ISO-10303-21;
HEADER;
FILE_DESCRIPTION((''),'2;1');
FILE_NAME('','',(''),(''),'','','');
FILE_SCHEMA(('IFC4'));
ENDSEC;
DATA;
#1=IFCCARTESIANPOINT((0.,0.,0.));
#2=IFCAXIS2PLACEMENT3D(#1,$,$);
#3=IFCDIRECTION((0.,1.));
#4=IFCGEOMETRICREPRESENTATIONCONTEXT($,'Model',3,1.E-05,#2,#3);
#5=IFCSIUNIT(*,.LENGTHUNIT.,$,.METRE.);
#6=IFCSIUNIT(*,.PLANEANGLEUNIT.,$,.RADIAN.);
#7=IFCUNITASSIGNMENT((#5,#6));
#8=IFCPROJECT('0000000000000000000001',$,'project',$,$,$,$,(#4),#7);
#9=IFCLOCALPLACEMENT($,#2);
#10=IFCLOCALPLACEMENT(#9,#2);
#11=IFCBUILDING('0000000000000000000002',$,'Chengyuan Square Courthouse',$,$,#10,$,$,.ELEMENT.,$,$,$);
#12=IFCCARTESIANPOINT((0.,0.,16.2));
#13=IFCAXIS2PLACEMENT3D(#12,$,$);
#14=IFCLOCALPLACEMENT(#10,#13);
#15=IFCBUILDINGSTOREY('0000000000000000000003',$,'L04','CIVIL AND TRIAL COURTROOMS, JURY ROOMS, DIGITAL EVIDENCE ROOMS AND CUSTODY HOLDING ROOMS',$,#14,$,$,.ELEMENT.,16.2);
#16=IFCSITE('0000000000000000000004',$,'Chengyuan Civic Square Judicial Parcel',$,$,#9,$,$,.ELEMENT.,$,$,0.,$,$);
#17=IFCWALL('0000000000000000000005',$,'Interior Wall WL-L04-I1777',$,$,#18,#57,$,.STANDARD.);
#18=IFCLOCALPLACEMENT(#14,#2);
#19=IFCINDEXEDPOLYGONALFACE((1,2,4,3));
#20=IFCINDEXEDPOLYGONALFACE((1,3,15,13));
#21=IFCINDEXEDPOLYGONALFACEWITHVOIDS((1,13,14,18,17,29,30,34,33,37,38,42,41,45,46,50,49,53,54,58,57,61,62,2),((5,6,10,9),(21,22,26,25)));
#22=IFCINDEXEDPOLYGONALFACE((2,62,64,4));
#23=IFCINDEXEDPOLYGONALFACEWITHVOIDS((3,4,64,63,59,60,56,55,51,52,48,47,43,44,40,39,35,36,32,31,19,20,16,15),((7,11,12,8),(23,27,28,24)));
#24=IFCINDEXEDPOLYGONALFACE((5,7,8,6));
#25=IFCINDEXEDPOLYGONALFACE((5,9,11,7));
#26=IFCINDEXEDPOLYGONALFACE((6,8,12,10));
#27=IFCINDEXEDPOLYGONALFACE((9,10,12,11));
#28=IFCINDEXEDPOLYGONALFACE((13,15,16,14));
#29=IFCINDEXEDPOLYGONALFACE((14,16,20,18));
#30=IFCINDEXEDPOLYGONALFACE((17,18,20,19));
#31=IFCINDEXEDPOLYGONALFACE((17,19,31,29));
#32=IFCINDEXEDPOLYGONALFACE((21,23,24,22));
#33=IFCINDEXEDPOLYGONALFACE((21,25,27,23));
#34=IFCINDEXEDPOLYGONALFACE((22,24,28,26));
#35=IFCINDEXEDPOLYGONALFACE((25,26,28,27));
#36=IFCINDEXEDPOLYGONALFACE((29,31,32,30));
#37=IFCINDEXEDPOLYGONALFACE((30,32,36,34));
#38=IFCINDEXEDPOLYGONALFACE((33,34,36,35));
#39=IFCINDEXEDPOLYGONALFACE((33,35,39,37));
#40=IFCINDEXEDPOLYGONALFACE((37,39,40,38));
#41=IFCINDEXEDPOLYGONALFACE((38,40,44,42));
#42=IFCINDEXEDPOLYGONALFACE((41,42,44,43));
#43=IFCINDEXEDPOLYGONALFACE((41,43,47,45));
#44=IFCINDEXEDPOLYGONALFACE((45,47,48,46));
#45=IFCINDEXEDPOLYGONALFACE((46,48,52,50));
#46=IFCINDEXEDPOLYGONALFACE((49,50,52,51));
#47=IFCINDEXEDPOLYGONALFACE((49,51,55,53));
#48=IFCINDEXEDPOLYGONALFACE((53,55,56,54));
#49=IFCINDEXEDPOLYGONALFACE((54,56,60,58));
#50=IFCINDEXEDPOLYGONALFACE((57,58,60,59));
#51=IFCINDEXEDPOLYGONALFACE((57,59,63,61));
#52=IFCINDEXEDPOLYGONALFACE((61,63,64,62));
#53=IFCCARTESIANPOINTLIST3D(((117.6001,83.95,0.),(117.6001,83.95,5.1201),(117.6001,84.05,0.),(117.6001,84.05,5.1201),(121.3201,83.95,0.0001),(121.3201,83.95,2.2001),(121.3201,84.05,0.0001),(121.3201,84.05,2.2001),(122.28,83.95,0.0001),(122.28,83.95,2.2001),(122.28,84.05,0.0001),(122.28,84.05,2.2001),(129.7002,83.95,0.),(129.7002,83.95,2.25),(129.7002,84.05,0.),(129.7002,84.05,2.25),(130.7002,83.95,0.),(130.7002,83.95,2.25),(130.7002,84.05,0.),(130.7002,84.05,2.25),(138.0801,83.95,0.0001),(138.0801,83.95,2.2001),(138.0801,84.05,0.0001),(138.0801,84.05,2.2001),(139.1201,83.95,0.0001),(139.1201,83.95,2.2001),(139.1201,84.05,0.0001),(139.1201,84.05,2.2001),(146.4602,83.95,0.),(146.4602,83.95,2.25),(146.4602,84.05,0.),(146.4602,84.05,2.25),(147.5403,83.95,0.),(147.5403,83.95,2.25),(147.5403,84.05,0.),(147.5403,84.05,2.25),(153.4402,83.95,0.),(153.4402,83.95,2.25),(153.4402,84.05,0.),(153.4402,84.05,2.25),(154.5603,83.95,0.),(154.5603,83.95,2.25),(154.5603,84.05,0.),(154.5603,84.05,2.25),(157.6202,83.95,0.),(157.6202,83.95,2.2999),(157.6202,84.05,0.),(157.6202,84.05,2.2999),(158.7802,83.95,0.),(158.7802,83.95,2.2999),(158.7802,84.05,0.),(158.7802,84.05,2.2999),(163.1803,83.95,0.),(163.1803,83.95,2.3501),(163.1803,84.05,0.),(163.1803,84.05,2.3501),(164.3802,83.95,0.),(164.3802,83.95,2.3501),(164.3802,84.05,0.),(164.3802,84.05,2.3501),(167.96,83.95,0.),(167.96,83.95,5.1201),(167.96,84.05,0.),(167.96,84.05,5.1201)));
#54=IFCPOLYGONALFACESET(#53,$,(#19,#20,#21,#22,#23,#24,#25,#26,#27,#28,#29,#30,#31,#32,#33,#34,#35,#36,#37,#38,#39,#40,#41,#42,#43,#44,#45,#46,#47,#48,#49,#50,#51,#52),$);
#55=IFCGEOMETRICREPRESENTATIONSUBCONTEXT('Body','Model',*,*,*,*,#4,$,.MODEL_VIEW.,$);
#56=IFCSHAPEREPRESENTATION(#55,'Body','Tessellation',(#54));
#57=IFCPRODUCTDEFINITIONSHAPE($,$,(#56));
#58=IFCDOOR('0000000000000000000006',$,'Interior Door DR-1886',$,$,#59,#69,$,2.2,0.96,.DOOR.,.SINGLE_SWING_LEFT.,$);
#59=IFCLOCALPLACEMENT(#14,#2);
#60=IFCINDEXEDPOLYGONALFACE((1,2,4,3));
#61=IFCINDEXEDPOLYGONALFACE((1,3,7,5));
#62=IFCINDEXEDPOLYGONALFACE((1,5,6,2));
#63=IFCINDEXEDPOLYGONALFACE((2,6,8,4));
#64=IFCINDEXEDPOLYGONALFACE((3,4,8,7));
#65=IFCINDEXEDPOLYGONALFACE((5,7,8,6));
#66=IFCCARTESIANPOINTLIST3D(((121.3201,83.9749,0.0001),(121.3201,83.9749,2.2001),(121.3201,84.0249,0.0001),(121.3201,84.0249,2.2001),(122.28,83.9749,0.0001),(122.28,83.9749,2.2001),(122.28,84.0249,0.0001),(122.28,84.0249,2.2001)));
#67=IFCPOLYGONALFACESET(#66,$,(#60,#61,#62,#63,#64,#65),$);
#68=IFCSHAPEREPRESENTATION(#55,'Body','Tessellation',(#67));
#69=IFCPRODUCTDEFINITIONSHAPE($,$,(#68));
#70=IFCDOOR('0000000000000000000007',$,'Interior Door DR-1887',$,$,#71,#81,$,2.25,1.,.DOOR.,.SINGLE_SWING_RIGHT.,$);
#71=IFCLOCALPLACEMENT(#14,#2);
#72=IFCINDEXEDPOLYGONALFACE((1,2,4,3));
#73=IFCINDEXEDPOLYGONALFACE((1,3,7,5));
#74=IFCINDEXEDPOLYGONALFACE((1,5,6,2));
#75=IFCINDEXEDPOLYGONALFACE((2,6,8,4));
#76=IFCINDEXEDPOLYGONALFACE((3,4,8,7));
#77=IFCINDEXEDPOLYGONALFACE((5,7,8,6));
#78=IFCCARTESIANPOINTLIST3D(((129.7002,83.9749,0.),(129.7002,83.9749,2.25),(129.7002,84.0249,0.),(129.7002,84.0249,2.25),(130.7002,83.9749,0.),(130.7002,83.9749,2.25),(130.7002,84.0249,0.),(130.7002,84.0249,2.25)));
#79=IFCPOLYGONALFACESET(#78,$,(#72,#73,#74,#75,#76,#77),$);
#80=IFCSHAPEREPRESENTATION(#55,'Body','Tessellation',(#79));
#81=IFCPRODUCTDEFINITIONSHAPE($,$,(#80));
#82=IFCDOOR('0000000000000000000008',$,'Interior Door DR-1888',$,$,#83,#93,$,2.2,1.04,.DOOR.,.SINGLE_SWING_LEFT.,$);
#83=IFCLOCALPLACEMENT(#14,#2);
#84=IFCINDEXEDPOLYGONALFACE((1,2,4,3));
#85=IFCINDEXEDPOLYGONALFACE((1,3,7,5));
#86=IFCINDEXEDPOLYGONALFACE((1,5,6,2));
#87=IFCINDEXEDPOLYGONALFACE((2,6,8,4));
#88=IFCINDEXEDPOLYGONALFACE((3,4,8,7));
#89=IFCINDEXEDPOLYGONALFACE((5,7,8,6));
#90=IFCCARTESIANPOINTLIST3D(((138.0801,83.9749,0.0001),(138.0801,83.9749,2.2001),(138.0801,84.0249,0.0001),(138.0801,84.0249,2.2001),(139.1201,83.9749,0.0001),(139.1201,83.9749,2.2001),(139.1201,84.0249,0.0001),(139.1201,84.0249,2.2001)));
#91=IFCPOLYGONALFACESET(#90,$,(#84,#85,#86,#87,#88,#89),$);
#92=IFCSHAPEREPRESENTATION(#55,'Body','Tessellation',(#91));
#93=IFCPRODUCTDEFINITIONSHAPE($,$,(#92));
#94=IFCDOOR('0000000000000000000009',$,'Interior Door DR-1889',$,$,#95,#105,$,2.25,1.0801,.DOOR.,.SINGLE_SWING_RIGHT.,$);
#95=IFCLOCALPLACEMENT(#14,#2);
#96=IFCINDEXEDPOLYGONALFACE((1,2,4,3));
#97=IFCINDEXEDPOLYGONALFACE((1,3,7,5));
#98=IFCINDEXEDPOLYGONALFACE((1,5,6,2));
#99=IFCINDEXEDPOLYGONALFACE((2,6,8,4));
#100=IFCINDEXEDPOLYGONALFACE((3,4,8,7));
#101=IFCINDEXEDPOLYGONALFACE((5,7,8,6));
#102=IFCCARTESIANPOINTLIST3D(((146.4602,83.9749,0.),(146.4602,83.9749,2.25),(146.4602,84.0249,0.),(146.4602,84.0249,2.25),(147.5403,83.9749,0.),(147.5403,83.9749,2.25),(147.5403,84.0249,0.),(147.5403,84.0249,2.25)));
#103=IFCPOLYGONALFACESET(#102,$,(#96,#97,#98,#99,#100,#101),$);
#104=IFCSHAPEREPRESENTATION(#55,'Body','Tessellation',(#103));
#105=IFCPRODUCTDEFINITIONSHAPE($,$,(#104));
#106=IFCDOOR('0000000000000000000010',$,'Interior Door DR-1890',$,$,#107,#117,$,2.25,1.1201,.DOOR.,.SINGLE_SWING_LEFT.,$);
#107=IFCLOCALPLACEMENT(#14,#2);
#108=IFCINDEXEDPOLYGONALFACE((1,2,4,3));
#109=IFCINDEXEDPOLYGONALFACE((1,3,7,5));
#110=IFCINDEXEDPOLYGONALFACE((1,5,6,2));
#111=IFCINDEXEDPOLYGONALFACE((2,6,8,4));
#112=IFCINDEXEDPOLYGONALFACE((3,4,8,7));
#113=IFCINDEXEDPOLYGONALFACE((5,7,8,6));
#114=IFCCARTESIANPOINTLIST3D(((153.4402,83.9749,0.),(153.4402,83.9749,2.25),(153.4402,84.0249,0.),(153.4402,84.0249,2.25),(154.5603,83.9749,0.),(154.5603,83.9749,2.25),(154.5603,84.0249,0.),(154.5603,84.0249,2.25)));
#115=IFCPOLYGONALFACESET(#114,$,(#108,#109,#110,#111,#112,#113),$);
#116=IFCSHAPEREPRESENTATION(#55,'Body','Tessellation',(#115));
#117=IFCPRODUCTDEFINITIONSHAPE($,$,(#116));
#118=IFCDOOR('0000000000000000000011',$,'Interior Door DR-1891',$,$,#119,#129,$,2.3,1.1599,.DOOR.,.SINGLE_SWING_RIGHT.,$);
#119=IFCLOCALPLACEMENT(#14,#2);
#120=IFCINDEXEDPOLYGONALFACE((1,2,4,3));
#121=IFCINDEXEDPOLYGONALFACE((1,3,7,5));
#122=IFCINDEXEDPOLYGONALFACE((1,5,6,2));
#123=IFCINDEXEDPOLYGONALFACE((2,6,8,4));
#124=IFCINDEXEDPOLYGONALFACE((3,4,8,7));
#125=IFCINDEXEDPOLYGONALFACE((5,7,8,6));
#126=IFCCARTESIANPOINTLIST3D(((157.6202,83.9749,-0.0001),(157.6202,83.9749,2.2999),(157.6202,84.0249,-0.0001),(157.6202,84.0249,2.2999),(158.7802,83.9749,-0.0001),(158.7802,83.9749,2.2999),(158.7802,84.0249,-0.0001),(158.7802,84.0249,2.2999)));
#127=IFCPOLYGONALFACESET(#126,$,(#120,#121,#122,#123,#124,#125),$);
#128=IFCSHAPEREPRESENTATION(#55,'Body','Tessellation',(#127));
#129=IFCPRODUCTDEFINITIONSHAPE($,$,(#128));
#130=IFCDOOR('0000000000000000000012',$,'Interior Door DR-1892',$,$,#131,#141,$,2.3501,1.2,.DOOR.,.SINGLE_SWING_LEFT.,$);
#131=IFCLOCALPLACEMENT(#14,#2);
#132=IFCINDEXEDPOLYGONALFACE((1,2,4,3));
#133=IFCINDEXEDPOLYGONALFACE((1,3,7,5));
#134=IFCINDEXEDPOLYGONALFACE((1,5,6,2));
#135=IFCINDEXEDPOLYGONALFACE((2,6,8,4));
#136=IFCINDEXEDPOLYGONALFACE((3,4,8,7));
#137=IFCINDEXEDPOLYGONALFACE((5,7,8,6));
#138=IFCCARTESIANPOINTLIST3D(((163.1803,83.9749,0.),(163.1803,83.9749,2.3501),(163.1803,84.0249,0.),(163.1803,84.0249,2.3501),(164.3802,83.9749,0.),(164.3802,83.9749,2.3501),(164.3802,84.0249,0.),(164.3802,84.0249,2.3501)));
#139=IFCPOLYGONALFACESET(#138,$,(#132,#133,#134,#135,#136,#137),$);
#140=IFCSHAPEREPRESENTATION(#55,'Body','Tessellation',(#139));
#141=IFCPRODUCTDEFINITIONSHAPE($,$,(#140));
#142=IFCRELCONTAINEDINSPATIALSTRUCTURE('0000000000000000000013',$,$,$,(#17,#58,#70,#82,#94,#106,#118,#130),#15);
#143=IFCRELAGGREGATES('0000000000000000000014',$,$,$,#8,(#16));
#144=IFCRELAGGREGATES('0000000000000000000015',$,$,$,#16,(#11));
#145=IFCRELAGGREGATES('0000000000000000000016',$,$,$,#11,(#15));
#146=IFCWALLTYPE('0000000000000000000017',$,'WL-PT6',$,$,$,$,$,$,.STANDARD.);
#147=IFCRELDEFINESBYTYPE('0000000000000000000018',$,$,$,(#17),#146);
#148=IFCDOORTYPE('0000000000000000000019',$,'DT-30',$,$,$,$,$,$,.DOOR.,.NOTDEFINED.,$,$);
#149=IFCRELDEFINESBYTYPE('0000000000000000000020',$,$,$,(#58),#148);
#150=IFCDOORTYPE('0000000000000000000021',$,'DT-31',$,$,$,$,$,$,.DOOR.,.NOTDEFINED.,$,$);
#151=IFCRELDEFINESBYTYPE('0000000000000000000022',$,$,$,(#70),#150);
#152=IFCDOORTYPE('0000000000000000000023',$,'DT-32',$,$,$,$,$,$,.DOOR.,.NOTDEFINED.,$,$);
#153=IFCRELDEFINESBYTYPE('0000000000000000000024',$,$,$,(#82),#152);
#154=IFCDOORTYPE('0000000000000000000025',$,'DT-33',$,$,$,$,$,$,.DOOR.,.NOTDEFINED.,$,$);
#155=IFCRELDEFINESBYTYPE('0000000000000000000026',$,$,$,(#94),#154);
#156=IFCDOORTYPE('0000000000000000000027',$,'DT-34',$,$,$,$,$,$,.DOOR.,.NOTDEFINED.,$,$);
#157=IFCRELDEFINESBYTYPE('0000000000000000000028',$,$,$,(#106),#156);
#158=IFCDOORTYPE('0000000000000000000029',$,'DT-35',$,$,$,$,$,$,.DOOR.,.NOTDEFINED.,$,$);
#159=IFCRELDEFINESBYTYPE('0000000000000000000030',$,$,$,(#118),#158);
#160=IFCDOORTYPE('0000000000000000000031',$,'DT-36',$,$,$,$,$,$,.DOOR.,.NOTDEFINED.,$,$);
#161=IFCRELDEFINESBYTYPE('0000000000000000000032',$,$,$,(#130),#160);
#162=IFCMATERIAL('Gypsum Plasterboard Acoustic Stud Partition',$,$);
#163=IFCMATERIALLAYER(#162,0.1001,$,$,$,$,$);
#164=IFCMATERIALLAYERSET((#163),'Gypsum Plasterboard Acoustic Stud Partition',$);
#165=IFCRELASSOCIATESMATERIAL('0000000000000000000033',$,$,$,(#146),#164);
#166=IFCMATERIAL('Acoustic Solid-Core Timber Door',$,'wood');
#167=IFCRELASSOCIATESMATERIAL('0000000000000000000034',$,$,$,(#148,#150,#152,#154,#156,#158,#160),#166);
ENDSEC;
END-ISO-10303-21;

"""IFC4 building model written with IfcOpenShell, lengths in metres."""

from ifc_helpers import new_model, si_unit, direction, frame, frame_2d, origin, place, context, subcontext, project, spatial, rectangle, extrude, material, layer, layer_set, type_object, element, fill, save


model = new_model("IFC4")

# Units and contexts
model_context = context("Model", 3, precision=1e-05, world=origin(), true_north=direction((0.0, 1.0)))
body_context = subcontext(model_context, "Body", "Model", "MODEL_VIEW")
ifc_project = project(units=[si_unit("LENGTHUNIT", "METRE"), si_unit("PLANEANGLEUNIT", "RADIAN")], contexts=[model_context])

# Site, building, storey
site_placement = place(None, origin())
site = spatial("IfcSite", under=ifc_project, at=site_placement, Name="Chengyuan Civic Square Judicial Parcel", CompositionType="ELEMENT", RefElevation=0.0)
building_placement = place(site_placement, origin())
building = spatial("IfcBuilding", under=site, at=building_placement, Name="Chengyuan Square Courthouse", CompositionType="ELEMENT")
storey_placement = place(building_placement, frame((0.0, 0.0, 16.2)))
storey = spatial("IfcBuildingStorey", under=building, at=storey_placement, Name="L04", Description="CIVIL AND TRIAL COURTROOMS, JURY ROOMS, DIGITAL EVIDENCE ROOMS AND CUSTODY HOLDING ROOMS", CompositionType="ELEMENT", Elevation=16.2)

# Wall, openings, doors
ifc_material_1 = material(Name="Gypsum Plasterboard Acoustic Stud Partition")
ifc_layer_1 = layer(ifc_material_1, 0.1001)
ifc_layer_set_1 = layer_set([ifc_layer_1], Name="Gypsum Plasterboard Acoustic Stud Partition")
wall_type_1 = type_object("IfcWallType", Name="WL-PT6", PredefinedType="STANDARD", material=ifc_layer_set_1)
wall_1_placement = place(storey_placement, frame((117.6001, 84.0, 0.0), z_axis=(0.0, 0.0, 1.0), x_axis=(1.0, 0.0, 0.0)))
wall_1 = element("IfcWall", 1, at=wall_1_placement, inside=storey, type_object=wall_type_1, Name="Interior Wall WL-L04-I1777", PredefinedType="STANDARD", context=body_context, shape_type="SweptSolid", body=[
    extrude(rectangle(XDim=50.3599, YDim=0.1001, at=frame_2d((25.1799, 0.0))), origin(), (0.0, 0.0, 1.0), 5.1201),
])
opening_1_placement = place(wall_1_placement, frame((3.72, 0.0, 0.0)))
opening_1 = element("IfcOpeningElement", 2, at=opening_1_placement, cuts=wall_1, PredefinedType="OPENING", context=body_context, shape_type="SweptSolid", body=[
    extrude(rectangle(XDim=0.96, YDim=2.2, at=frame_2d((0.48, 1.1001))), frame((0.0, 0.062, 0.0), z_axis=(0.0, -1.0, 0.0), x_axis=(1.0, 0.0, 0.0)), (0.0, 0.0, 1.0), 0.124),
])
opening_2_placement = place(wall_1_placement, frame((12.1001, 0.0, 0.0)))
opening_2 = element("IfcOpeningElement", 3, at=opening_2_placement, cuts=wall_1, PredefinedType="OPENING", context=body_context, shape_type="SweptSolid", body=[
    extrude(rectangle(XDim=1.0, YDim=2.25, at=frame_2d((0.5, 1.125))), frame((0.0, 0.062, 0.0), z_axis=(0.0, -1.0, 0.0), x_axis=(1.0, 0.0, 0.0)), (0.0, 0.0, 1.0), 0.124),
])
opening_3_placement = place(wall_1_placement, frame((20.48, 0.0, 0.0)))
opening_3 = element("IfcOpeningElement", 4, at=opening_3_placement, cuts=wall_1, PredefinedType="OPENING", context=body_context, shape_type="SweptSolid", body=[
    extrude(rectangle(XDim=1.04, YDim=2.2, at=frame_2d((0.52, 1.1001))), frame((0.0, 0.062, 0.0), z_axis=(0.0, -1.0, 0.0), x_axis=(1.0, 0.0, 0.0)), (0.0, 0.0, 1.0), 0.124),
])
opening_4_placement = place(wall_1_placement, frame((28.8601, 0.0, 0.0)))
opening_4 = element("IfcOpeningElement", 5, at=opening_4_placement, cuts=wall_1, PredefinedType="OPENING", context=body_context, shape_type="SweptSolid", body=[
    extrude(rectangle(XDim=1.0801, YDim=2.25, at=frame_2d((0.54, 1.125))), frame((0.0, 0.062, 0.0), z_axis=(0.0, -1.0, 0.0), x_axis=(1.0, 0.0, 0.0)), (0.0, 0.0, 1.0), 0.124),
])
opening_5_placement = place(wall_1_placement, frame((35.8401, 0.0, 0.0)))
opening_5 = element("IfcOpeningElement", 6, at=opening_5_placement, cuts=wall_1, PredefinedType="OPENING", context=body_context, shape_type="SweptSolid", body=[
    extrude(rectangle(XDim=1.1201, YDim=2.25, at=frame_2d((0.5601, 1.125))), frame((0.0, 0.062, 0.0), z_axis=(0.0, -1.0, 0.0), x_axis=(1.0, 0.0, 0.0)), (0.0, 0.0, 1.0), 0.124),
])
opening_6_placement = place(wall_1_placement, frame((40.02, 0.0, 0.0)))
opening_6 = element("IfcOpeningElement", 7, at=opening_6_placement, cuts=wall_1, PredefinedType="OPENING", context=body_context, shape_type="SweptSolid", body=[
    extrude(rectangle(XDim=1.1599, YDim=2.3, at=frame_2d((0.5801, 1.1499))), frame((0.0, 0.062, 0.0), z_axis=(0.0, -1.0, 0.0), x_axis=(1.0, 0.0, 0.0)), (0.0, 0.0, 1.0), 0.124),
])
opening_7_placement = place(wall_1_placement, frame((45.5801, 0.0, 0.0)))
opening_7 = element("IfcOpeningElement", 8, at=opening_7_placement, cuts=wall_1, PredefinedType="OPENING", context=body_context, shape_type="SweptSolid", body=[
    extrude(rectangle(XDim=1.2, YDim=2.3501, at=frame_2d((0.6001, 1.175))), frame((0.0, 0.062, 0.0), z_axis=(0.0, -1.0, 0.0), x_axis=(1.0, 0.0, 0.0)), (0.0, 0.0, 1.0), 0.124),
])
ifc_material_2 = material(Name="Acoustic Solid-Core Timber Door", Category="wood")
door_type_1 = type_object("IfcDoorType", Name="DT-30", OperationType="NOTDEFINED", PredefinedType="DOOR", material=ifc_material_2)
door_1_placement = place(opening_1_placement, origin())
door_1 = element("IfcDoor", 9, at=door_1_placement, inside=storey, type_object=door_type_1, Name="Interior Door DR-1886", OperationType="SINGLE_SWING_LEFT", OverallHeight=2.2, OverallWidth=0.96, PredefinedType="DOOR", context=body_context, shape_type="SweptSolid", body=[
    extrude(rectangle(XDim=0.96, YDim=2.2, at=frame_2d((0.48, 1.1001))), frame((0.0, 0.0249, 0.0), z_axis=(0.0, -1.0, 0.0), x_axis=(1.0, 0.0, 0.0)), (0.0, 0.0, 1.0), 0.05),
])
fill(opening_1, door_1)
door_type_2 = type_object("IfcDoorType", Name="DT-31", OperationType="NOTDEFINED", PredefinedType="DOOR", material=ifc_material_2)
door_2_placement = place(opening_2_placement, origin())
door_2 = element("IfcDoor", 10, at=door_2_placement, inside=storey, type_object=door_type_2, Name="Interior Door DR-1887", OperationType="SINGLE_SWING_RIGHT", OverallHeight=2.25, OverallWidth=1.0, PredefinedType="DOOR", context=body_context, shape_type="SweptSolid", body=[
    extrude(rectangle(XDim=1.0, YDim=2.25, at=frame_2d((0.5, 1.125))), frame((0.0, 0.0249, 0.0), z_axis=(0.0, -1.0, 0.0), x_axis=(1.0, 0.0, 0.0)), (0.0, 0.0, 1.0), 0.05),
])
fill(opening_2, door_2)
door_type_3 = type_object("IfcDoorType", Name="DT-32", OperationType="NOTDEFINED", PredefinedType="DOOR", material=ifc_material_2)
door_3_placement = place(opening_3_placement, origin())
door_3 = element("IfcDoor", 11, at=door_3_placement, inside=storey, type_object=door_type_3, Name="Interior Door DR-1888", OperationType="SINGLE_SWING_LEFT", OverallHeight=2.2, OverallWidth=1.04, PredefinedType="DOOR", context=body_context, shape_type="SweptSolid", body=[
    extrude(rectangle(XDim=1.04, YDim=2.2, at=frame_2d((0.52, 1.1001))), frame((0.0, 0.0249, 0.0), z_axis=(0.0, -1.0, 0.0), x_axis=(1.0, 0.0, 0.0)), (0.0, 0.0, 1.0), 0.05),
])
fill(opening_3, door_3)
door_type_4 = type_object("IfcDoorType", Name="DT-33", OperationType="NOTDEFINED", PredefinedType="DOOR", material=ifc_material_2)
door_4_placement = place(opening_4_placement, origin())
door_4 = element("IfcDoor", 12, at=door_4_placement, inside=storey, type_object=door_type_4, Name="Interior Door DR-1889", OperationType="SINGLE_SWING_RIGHT", OverallHeight=2.25, OverallWidth=1.0801, PredefinedType="DOOR", context=body_context, shape_type="SweptSolid", body=[
    extrude(rectangle(XDim=1.0801, YDim=2.25, at=frame_2d((0.54, 1.125))), frame((0.0, 0.0249, 0.0), z_axis=(0.0, -1.0, 0.0), x_axis=(1.0, 0.0, 0.0)), (0.0, 0.0, 1.0), 0.05),
])
fill(opening_4, door_4)
door_type_5 = type_object("IfcDoorType", Name="DT-34", OperationType="NOTDEFINED", PredefinedType="DOOR", material=ifc_material_2)
door_5_placement = place(opening_5_placement, origin())
door_5 = element("IfcDoor", 13, at=door_5_placement, inside=storey, type_object=door_type_5, Name="Interior Door DR-1890", OperationType="SINGLE_SWING_LEFT", OverallHeight=2.25, OverallWidth=1.1201, PredefinedType="DOOR", context=body_context, shape_type="SweptSolid", body=[
    extrude(rectangle(XDim=1.1201, YDim=2.25, at=frame_2d((0.5601, 1.125))), frame((0.0, 0.0249, 0.0), z_axis=(0.0, -1.0, 0.0), x_axis=(1.0, 0.0, 0.0)), (0.0, 0.0, 1.0), 0.05),
])
fill(opening_5, door_5)
door_type_6 = type_object("IfcDoorType", Name="DT-35", OperationType="NOTDEFINED", PredefinedType="DOOR", material=ifc_material_2)
door_6_placement = place(opening_6_placement, origin())
door_6 = element("IfcDoor", 14, at=door_6_placement, inside=storey, type_object=door_type_6, Name="Interior Door DR-1891", OperationType="SINGLE_SWING_RIGHT", OverallHeight=2.3, OverallWidth=1.1599, PredefinedType="DOOR", context=body_context, shape_type="SweptSolid", body=[
    extrude(rectangle(XDim=1.1599, YDim=2.3, at=frame_2d((0.5801, 1.1499))), frame((0.0, 0.0249, 0.0), z_axis=(0.0, -1.0, 0.0), x_axis=(1.0, 0.0, 0.0)), (0.0, 0.0, 1.0), 0.05),
])
fill(opening_6, door_6)
door_type_7 = type_object("IfcDoorType", Name="DT-36", OperationType="NOTDEFINED", PredefinedType="DOOR", material=ifc_material_2)
door_7_placement = place(opening_7_placement, origin())
door_7 = element("IfcDoor", 15, at=door_7_placement, inside=storey, type_object=door_type_7, Name="Interior Door DR-1892", OperationType="SINGLE_SWING_LEFT", OverallHeight=2.3501, OverallWidth=1.2, PredefinedType="DOOR", context=body_context, shape_type="SweptSolid", body=[
    extrude(rectangle(XDim=1.2, YDim=2.3501, at=frame_2d((0.6001, 1.175))), frame((0.0, 0.0249, 0.0), z_axis=(0.0, -1.0, 0.0), x_axis=(1.0, 0.0, 0.0)), (0.0, 0.0, 1.0), 0.05),
])
fill(opening_7, door_7)

save(model, "model.ifc")
